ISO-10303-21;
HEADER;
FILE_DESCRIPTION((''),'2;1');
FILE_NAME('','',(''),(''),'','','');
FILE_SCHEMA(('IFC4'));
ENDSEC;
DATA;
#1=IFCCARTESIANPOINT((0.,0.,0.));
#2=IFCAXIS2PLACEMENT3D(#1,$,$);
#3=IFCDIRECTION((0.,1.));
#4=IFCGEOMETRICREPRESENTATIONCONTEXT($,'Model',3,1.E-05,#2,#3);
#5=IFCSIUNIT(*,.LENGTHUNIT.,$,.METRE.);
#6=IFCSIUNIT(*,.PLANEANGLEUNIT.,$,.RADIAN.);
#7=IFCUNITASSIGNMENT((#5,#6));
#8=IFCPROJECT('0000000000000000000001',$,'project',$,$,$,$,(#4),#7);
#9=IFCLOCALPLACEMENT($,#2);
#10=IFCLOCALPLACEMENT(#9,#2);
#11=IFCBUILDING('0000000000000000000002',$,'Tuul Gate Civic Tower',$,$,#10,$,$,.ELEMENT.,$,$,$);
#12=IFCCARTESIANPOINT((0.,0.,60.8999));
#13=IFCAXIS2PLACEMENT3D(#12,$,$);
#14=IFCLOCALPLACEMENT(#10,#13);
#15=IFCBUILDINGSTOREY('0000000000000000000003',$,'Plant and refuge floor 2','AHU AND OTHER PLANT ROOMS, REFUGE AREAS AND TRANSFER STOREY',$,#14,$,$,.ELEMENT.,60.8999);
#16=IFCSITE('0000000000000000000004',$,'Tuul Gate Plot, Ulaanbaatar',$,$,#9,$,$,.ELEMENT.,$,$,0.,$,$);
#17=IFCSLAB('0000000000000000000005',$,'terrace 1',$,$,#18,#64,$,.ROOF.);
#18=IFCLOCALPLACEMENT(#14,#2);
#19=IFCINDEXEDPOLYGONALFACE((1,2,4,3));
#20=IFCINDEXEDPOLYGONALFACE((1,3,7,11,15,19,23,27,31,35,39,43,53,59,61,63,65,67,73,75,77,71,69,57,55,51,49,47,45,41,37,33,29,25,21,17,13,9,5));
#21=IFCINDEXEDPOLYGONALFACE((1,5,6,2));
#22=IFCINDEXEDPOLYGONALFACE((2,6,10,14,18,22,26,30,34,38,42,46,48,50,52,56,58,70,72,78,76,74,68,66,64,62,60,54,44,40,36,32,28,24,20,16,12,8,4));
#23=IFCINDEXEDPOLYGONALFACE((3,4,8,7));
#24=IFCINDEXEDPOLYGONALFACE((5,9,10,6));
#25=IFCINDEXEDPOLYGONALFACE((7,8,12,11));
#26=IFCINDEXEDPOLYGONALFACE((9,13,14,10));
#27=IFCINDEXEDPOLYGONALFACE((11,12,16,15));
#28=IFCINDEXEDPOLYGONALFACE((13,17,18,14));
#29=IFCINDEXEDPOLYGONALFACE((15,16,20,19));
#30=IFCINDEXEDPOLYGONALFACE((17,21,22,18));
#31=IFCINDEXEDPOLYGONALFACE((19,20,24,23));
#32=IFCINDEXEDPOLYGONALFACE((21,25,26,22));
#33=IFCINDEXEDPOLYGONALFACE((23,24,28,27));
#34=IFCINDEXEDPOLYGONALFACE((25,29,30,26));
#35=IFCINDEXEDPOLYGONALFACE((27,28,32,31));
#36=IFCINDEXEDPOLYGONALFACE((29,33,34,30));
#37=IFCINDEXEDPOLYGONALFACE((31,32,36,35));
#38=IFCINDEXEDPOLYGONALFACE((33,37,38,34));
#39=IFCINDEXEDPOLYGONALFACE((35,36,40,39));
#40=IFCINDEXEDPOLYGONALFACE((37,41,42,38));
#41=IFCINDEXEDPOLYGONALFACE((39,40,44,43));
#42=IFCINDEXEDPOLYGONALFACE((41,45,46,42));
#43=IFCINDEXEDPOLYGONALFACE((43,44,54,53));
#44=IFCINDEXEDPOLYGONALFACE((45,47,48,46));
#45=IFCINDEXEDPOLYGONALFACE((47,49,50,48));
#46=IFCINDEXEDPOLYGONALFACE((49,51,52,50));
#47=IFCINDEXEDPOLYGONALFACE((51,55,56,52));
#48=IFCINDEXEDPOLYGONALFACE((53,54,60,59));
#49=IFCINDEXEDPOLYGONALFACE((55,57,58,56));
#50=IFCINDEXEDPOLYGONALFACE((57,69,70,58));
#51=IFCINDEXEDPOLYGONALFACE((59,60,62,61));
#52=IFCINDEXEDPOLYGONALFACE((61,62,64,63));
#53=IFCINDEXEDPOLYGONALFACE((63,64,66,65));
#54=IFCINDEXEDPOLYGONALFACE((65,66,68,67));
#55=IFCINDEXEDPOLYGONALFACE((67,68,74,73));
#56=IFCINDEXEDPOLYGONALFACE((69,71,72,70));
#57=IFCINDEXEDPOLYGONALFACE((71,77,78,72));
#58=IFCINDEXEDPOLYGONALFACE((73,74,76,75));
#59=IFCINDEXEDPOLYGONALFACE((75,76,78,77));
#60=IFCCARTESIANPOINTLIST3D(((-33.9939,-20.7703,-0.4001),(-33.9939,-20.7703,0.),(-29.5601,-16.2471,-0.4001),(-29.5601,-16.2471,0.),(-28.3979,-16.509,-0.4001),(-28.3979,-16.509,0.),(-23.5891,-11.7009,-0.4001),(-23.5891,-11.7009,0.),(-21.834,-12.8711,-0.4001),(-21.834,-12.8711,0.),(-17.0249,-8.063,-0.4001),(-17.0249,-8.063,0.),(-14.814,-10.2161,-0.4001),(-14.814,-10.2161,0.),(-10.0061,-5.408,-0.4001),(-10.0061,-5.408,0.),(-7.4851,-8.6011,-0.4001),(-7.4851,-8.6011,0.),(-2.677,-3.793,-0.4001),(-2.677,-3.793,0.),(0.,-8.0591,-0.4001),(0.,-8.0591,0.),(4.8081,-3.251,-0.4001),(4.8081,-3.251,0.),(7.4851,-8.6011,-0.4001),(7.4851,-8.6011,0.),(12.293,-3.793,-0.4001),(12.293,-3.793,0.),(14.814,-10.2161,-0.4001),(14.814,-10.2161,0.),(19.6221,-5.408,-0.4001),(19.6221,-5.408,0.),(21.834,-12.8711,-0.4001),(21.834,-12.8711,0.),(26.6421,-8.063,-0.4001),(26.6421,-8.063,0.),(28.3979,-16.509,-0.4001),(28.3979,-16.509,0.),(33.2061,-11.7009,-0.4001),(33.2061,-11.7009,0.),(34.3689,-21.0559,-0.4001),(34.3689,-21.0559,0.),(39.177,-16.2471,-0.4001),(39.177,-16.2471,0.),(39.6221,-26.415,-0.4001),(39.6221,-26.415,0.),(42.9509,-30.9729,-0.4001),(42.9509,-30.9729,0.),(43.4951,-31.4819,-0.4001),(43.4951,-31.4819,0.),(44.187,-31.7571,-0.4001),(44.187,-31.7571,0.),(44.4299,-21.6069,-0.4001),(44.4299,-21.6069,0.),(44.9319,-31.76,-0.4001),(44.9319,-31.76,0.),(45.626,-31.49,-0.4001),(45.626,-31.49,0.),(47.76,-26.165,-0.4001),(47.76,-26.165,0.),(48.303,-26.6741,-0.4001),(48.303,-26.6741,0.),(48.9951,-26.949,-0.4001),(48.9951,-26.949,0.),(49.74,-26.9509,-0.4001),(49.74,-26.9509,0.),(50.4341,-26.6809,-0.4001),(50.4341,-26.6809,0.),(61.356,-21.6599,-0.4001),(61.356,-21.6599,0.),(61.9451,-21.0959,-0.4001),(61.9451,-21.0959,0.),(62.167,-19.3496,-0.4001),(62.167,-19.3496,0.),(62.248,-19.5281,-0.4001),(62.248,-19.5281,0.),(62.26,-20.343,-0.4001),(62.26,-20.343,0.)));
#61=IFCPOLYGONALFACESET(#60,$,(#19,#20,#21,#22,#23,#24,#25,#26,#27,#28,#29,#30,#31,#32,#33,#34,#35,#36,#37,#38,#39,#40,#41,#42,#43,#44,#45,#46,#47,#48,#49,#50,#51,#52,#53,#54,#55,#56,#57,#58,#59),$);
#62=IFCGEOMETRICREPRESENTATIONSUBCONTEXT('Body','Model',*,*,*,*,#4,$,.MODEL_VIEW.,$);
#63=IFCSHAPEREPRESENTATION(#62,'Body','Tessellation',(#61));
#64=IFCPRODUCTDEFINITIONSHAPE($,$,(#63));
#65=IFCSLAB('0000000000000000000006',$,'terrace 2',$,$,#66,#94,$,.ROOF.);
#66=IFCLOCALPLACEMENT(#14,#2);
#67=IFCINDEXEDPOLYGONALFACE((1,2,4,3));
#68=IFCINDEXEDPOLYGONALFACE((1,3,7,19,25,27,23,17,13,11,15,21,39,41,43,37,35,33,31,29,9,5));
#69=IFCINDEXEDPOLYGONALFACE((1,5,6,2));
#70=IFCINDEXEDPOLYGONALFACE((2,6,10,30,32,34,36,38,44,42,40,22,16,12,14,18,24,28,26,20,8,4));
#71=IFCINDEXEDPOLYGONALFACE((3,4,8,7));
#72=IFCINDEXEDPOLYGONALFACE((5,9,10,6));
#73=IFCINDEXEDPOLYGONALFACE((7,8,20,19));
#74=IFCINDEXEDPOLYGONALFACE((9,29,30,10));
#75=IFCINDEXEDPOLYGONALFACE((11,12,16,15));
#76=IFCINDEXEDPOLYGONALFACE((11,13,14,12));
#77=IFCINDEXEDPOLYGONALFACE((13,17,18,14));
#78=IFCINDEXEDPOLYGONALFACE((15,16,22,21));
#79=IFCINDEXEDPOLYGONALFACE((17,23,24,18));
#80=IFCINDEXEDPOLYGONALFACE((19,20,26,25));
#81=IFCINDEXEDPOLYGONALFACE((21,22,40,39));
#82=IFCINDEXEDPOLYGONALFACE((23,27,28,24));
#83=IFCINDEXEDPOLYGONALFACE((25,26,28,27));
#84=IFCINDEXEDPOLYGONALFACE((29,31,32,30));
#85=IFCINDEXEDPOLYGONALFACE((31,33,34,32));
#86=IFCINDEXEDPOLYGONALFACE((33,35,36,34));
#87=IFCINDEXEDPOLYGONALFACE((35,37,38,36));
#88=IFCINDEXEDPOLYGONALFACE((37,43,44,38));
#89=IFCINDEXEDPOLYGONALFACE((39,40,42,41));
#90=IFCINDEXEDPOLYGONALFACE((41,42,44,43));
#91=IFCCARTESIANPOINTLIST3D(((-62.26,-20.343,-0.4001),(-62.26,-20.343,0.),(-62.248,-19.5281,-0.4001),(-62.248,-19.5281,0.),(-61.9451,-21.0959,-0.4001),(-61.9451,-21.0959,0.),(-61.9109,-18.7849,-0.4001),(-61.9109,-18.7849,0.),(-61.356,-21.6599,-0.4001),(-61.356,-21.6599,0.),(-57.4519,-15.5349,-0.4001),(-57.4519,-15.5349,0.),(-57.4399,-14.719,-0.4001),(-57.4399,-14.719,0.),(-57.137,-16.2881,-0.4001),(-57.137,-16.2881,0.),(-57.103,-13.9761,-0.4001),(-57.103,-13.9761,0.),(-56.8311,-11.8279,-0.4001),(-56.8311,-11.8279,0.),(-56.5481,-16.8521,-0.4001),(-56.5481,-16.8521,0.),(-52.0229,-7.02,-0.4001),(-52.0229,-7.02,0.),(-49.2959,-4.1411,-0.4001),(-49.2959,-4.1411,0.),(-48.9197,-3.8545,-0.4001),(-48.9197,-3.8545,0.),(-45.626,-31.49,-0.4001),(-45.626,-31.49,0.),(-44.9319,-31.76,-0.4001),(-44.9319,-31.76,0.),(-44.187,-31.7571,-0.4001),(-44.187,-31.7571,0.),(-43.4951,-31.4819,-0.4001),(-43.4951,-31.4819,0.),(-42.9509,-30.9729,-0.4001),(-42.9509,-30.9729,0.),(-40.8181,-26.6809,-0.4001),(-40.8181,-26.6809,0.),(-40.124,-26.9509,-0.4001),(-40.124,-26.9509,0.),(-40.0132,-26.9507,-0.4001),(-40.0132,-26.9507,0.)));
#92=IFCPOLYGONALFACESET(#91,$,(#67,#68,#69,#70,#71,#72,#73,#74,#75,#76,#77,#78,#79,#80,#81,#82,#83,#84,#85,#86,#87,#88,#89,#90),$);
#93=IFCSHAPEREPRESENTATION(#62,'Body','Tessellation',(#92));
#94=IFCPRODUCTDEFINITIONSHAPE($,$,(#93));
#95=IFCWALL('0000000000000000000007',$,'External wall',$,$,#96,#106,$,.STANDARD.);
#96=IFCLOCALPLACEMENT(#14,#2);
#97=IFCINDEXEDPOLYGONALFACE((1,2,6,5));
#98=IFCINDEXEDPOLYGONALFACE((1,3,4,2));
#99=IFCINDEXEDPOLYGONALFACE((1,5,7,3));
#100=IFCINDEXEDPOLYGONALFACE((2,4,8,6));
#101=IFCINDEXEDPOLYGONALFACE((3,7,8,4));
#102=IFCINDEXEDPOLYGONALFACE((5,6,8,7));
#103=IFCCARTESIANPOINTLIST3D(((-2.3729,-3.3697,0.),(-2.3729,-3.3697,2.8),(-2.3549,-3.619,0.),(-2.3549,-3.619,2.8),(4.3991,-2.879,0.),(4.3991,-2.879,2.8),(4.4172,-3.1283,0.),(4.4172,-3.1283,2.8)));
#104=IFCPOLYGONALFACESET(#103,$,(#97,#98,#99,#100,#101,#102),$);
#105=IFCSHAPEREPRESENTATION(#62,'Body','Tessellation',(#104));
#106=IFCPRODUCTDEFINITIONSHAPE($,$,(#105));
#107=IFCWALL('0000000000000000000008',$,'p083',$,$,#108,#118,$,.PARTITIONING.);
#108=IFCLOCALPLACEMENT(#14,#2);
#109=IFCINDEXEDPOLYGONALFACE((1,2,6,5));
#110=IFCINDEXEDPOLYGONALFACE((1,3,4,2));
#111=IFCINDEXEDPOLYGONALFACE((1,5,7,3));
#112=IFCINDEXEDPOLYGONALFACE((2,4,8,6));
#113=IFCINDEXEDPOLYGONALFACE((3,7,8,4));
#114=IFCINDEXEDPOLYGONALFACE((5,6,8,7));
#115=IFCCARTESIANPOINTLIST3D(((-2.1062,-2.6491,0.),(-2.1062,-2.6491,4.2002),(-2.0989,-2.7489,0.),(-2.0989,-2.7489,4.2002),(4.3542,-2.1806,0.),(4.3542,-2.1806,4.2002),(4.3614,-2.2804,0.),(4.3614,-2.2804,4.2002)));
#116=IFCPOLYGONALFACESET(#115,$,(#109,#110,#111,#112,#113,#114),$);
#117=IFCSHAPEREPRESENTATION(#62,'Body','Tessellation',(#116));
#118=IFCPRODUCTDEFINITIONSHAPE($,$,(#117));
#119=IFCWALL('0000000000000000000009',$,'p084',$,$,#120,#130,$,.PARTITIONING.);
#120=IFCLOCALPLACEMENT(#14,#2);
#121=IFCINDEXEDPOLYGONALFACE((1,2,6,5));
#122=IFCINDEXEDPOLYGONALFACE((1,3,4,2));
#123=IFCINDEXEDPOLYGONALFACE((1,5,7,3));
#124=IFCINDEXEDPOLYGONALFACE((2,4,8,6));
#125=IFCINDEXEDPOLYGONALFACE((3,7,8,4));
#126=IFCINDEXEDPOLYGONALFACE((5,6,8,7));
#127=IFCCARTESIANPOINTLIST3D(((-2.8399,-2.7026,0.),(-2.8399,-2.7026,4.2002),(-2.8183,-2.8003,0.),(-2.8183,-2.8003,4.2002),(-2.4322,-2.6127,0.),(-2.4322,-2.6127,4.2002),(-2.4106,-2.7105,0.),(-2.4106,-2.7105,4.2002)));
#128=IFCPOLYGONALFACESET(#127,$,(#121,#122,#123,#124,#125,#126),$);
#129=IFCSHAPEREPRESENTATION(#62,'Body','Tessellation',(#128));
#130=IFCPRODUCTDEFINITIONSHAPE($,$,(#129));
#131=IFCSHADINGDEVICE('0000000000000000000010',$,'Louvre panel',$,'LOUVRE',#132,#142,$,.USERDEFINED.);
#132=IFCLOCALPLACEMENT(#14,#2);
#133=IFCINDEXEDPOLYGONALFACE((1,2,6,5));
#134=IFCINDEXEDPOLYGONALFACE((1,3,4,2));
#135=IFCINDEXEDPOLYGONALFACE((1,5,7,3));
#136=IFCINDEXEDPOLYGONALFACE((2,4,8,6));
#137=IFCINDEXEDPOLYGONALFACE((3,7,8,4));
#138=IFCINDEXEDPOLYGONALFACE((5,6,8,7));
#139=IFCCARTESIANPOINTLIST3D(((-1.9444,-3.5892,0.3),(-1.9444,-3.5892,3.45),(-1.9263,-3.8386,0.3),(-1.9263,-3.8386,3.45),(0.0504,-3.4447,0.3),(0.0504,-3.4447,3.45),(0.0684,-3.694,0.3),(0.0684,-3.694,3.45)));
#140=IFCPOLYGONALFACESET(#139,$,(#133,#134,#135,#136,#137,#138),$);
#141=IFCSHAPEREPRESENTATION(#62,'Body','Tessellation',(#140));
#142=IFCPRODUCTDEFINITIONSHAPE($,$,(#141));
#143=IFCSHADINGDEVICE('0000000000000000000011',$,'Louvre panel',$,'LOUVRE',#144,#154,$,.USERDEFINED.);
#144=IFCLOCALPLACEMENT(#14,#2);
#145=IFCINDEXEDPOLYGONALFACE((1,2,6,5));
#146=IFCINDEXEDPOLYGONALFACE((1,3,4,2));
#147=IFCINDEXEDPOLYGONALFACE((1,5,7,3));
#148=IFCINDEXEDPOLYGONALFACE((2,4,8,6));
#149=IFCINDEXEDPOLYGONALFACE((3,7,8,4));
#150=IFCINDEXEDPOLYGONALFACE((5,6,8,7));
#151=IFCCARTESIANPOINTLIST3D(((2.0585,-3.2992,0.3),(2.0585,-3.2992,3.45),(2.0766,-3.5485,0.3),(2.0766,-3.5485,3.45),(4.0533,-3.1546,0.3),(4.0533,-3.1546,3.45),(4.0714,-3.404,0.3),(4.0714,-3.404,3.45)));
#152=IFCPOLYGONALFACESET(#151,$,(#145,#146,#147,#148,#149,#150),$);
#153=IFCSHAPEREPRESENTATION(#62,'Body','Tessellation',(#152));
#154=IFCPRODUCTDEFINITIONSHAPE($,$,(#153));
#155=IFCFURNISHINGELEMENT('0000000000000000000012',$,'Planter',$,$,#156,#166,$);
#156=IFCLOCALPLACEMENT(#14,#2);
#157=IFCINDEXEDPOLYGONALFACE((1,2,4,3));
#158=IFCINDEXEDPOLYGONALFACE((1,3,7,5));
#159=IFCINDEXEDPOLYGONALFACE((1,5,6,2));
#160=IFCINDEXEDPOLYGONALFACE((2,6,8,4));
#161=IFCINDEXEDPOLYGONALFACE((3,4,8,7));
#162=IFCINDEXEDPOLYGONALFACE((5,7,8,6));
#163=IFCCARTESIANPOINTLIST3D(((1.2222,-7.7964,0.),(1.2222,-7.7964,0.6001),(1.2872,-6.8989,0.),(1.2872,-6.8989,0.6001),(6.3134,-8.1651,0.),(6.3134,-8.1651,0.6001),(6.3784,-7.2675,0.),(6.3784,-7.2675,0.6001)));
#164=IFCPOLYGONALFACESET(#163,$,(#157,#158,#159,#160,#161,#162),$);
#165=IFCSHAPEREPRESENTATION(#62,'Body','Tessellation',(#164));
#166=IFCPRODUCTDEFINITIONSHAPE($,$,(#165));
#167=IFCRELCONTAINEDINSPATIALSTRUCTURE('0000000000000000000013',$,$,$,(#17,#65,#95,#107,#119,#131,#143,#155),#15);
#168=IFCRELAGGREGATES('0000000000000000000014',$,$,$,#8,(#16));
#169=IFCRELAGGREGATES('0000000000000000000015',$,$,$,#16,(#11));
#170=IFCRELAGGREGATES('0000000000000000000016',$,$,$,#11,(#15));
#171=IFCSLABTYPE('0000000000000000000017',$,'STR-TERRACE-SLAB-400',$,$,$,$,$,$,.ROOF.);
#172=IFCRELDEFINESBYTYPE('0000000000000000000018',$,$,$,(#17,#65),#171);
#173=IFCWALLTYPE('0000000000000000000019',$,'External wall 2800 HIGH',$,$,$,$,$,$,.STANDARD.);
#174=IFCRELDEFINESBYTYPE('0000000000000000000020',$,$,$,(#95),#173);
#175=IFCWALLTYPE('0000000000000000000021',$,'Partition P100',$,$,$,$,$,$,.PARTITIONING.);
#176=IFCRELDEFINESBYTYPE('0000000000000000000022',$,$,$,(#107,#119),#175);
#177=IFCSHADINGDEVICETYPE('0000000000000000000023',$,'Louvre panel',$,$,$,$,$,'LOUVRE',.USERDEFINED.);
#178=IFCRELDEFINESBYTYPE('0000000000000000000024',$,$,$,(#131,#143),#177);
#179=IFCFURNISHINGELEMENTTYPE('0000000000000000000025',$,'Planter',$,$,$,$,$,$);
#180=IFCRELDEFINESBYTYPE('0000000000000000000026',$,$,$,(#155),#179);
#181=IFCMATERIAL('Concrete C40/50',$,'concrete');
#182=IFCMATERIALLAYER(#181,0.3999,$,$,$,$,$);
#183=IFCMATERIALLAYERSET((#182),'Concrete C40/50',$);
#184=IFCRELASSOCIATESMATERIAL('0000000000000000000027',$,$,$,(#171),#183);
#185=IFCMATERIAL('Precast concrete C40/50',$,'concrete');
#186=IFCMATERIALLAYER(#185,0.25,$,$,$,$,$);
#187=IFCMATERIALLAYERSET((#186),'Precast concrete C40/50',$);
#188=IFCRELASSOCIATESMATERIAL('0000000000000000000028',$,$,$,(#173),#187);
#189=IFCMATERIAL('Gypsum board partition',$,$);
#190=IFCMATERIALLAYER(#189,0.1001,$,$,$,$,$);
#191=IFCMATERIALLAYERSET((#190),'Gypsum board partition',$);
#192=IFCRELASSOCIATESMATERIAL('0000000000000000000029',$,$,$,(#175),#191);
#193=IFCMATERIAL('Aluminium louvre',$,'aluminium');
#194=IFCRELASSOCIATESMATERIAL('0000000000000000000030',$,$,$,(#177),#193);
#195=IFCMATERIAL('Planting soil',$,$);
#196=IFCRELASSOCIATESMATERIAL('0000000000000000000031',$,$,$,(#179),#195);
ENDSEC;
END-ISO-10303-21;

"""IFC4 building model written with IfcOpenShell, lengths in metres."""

from ifc_helpers import new_model, si_unit, direction, frame, frame_2d, origin, origin_2d, place, context, subcontext, project, spatial, polyline, rectangle, outline, extrude, material, layer, layer_set, type_object, element, save


model = new_model("IFC4")

# Units and contexts
model_context = context("Model", 3, precision=1e-05, world=origin(), true_north=direction((0.0, 1.0)))
body_context = subcontext(model_context, "Body", "Model", "MODEL_VIEW")
ifc_project = project(units=[si_unit("LENGTHUNIT", "METRE"), si_unit("PLANEANGLEUNIT", "RADIAN")], contexts=[model_context])

# Site, building, storey
site_placement = place(None, origin())
site = spatial("IfcSite", under=ifc_project, at=site_placement, Name="Tuul Gate Plot, Ulaanbaatar", CompositionType="ELEMENT", RefElevation=0.0)
building_placement = place(site_placement, origin())
building = spatial("IfcBuilding", under=site, at=building_placement, Name="Tuul Gate Civic Tower", CompositionType="ELEMENT")
storey_placement = place(building_placement, frame((0.0, 0.0, 60.8999)))
storey = spatial("IfcBuildingStorey", under=building, at=storey_placement, Name="Plant and refuge floor 2", Description="AHU AND OTHER PLANT ROOMS, REFUGE AREAS AND TRANSFER STOREY", CompositionType="ELEMENT", Elevation=60.8999)

# Slabs
ifc_material_1 = material(Name="Concrete C40/50", Category="concrete")
ifc_layer_1 = layer(ifc_material_1, 0.3999)
ifc_layer_set_1 = layer_set([ifc_layer_1], Name="Concrete C40/50")
slab_type_1 = type_object("IfcSlabType", Name="STR-TERRACE-SLAB-400", PredefinedType="ROOF", material=ifc_layer_set_1)
slab_1_placement = place(storey_placement, frame((0.0, 0.0, -0.4001)))
element("IfcSlab", 1, at=slab_1_placement, inside=storey, type_object=slab_type_1, Name="terrace 1", PredefinedType="ROOF", context=body_context, shape_type="SweptSolid", body=[
    extrude(outline(polyline([(62.248, -19.5281), (62.26, -20.343), (61.9451, -21.0959), (61.356, -21.6599), (45.626, -31.49), (44.9319, -31.76), (44.187, -31.7571), (43.4951, -31.4819), (42.9509, -30.9729), (39.6221, -26.415), (34.3689, -21.0559), (28.3979, -16.509), (21.834, -12.8711), (14.814, -10.2161), (7.4851, -8.6011), (0.0, -8.0591), (-7.4851, -8.6011), (-14.814, -10.2161), (-21.834, -12.8711), (-28.3979, -16.509), (-33.9939, -20.7703), (-29.5601, -16.2471), (-23.5891, -11.7009), (-17.0249, -8.063), (-10.0061, -5.408), (-2.677, -3.793), (4.8081, -3.251), (12.293, -3.793), (19.6221, -5.408), (26.6421, -8.063), (33.2061, -11.7009), (39.177, -16.2471), (44.4299, -21.6069), (47.76, -26.165), (48.303, -26.6741), (48.9951, -26.949), (49.74, -26.9509), (50.4341, -26.6809), (62.167, -19.3496), (62.248, -19.5281)])), origin(), (0.0, 0.0, 1.0), 0.4001),
])
slab_2_placement = place(storey_placement, frame((0.0, 0.0, -0.4001)))
element("IfcSlab", 2, at=slab_2_placement, inside=storey, type_object=slab_type_1, Name="terrace 2", PredefinedType="ROOF", context=body_context, shape_type="SweptSolid", body=[
    extrude(outline(polyline([(-42.9509, -30.9729), (-43.4951, -31.4819), (-44.187, -31.7571), (-44.9319, -31.76), (-45.626, -31.49), (-61.356, -21.6599), (-61.9451, -21.0959), (-62.26, -20.343), (-62.248, -19.5281), (-61.9109, -18.7849), (-56.8311, -11.8279), (-49.2959, -4.1411), (-48.9197, -3.8545), (-52.0229, -7.02), (-57.103, -13.9761), (-57.4399, -14.719), (-57.4519, -15.5349), (-57.137, -16.2881), (-56.5481, -16.8521), (-40.8181, -26.6809), (-40.124, -26.9509), (-40.0132, -26.9507), (-42.9509, -30.9729)])), origin(), (0.0, 0.0, 1.0), 0.4001),
])

# Walls
ifc_material_2 = material(Name="Precast concrete C40/50", Category="concrete")
ifc_layer_2 = layer(ifc_material_2, 0.25)
ifc_layer_set_2 = layer_set([ifc_layer_2], Name="Precast concrete C40/50")
wall_type_1 = type_object("IfcWallType", Name="External wall 2800 HIGH", PredefinedType="STANDARD", material=ifc_layer_set_2)
wall_1_placement = place(storey_placement, frame((-2.364, -3.4944, 0.0), z_axis=(0.0, 0.0, 1.0), x_axis=(0.997385, 0.072274, 0.0)))
element("IfcWall", 3, at=wall_1_placement, inside=storey, type_object=wall_type_1, Name="External wall", PredefinedType="STANDARD", context=body_context, shape_type="SweptSolid", body=[
    extrude(rectangle(XDim=6.7898, YDim=0.25, at=frame_2d((3.395, 0.0))), origin(), (0.0, 0.0, 1.0), 2.8),
])
ifc_material_3 = material(Name="Gypsum board partition")
ifc_layer_3 = layer(ifc_material_3, 0.1001)
ifc_layer_set_3 = layer_set([ifc_layer_3], Name="Gypsum board partition")
wall_type_2 = type_object("IfcWallType", Name="Partition P100", PredefinedType="PARTITIONING", material=ifc_layer_set_3)
wall_2_placement = place(storey_placement, frame((4.3579, -2.2305, 0.0), z_axis=(0.0, 0.0, 1.0), x_axis=(-0.997381, -0.072329, 0.0)))
element("IfcWall", 4, at=wall_2_placement, inside=storey, type_object=wall_type_2, Name="p083", PredefinedType="PARTITIONING", context=body_context, shape_type="SweptSolid", body=[
    extrude(rectangle(XDim=6.4773, YDim=0.1001, at=frame_2d((3.2388, 0.0))), origin(), (0.0, 0.0, 1.0), 4.2002),
])
wall_3_placement = place(storey_placement, frame((-2.4214, -2.6616, 0.0), z_axis=(0.0, 0.0, 1.0), x_axis=(-0.976571, -0.215196, 0.0)))
element("IfcWall", 5, at=wall_3_placement, inside=storey, type_object=wall_type_2, Name="p084", PredefinedType="PARTITIONING", context=body_context, shape_type="SweptSolid", body=[
    extrude(rectangle(XDim=0.4175, YDim=0.1001, at=frame_2d((0.2087, 0.0))), origin(), (0.0, 0.0, 1.0), 4.2002),
])

# Shading devices
ifc_material_4 = material(Name="Aluminium louvre", Category="aluminium")
shading_device_type = type_object("IfcShadingDeviceType", Name="Louvre panel", ElementType="LOUVRE", PredefinedType="USERDEFINED", material=ifc_material_4)
for number, where, z_axis, x_axis, name in (
    (6, (-0.938, -3.6416, 0.3), (0.0, 0.0, 1.0), (0.072276, -0.997385, 0.0), "Louvre panel"),
    (7, (3.0649, -3.3516, 0.3), (0.0, 0.0, 1.0), (0.072276, -0.997385, 0.0), "Louvre panel"),
):
    element("IfcShadingDevice", number, at=place(storey_placement, frame(where, z_axis=z_axis, x_axis=x_axis)), inside=storey, type_object=shading_device_type, Name=name, ObjectType="LOUVRE", PredefinedType="USERDEFINED", context=body_context, shape_type="SweptSolid", body=[
        extrude(rectangle(XDim=0.25, YDim=2.0, at=origin_2d()), origin(), (0.0, 0.0, 1.0), 3.1499),
    ])

# Furnishing element
ifc_material_5 = material(Name="Planting soil")
furnishing_element_type = type_object("IfcFurnishingElementType", Name="Planter", material=ifc_material_5)
furnishing_placement = place(storey_placement, frame((3.8003, -7.532, 0.0), z_axis=(0.0, 0.0, 1.0), x_axis=(0.997389, -0.072222, 0.0)))
element("IfcFurnishingElement", 8, at=furnishing_placement, inside=storey, type_object=furnishing_element_type, Name="Planter", context=body_context, shape_type="SweptSolid", body=[
    extrude(rectangle(XDim=5.1045, YDim=0.8999, at=origin_2d()), origin(), (0.0, 0.0, 1.0), 0.6001),
])

save(model, "model.ifc")
